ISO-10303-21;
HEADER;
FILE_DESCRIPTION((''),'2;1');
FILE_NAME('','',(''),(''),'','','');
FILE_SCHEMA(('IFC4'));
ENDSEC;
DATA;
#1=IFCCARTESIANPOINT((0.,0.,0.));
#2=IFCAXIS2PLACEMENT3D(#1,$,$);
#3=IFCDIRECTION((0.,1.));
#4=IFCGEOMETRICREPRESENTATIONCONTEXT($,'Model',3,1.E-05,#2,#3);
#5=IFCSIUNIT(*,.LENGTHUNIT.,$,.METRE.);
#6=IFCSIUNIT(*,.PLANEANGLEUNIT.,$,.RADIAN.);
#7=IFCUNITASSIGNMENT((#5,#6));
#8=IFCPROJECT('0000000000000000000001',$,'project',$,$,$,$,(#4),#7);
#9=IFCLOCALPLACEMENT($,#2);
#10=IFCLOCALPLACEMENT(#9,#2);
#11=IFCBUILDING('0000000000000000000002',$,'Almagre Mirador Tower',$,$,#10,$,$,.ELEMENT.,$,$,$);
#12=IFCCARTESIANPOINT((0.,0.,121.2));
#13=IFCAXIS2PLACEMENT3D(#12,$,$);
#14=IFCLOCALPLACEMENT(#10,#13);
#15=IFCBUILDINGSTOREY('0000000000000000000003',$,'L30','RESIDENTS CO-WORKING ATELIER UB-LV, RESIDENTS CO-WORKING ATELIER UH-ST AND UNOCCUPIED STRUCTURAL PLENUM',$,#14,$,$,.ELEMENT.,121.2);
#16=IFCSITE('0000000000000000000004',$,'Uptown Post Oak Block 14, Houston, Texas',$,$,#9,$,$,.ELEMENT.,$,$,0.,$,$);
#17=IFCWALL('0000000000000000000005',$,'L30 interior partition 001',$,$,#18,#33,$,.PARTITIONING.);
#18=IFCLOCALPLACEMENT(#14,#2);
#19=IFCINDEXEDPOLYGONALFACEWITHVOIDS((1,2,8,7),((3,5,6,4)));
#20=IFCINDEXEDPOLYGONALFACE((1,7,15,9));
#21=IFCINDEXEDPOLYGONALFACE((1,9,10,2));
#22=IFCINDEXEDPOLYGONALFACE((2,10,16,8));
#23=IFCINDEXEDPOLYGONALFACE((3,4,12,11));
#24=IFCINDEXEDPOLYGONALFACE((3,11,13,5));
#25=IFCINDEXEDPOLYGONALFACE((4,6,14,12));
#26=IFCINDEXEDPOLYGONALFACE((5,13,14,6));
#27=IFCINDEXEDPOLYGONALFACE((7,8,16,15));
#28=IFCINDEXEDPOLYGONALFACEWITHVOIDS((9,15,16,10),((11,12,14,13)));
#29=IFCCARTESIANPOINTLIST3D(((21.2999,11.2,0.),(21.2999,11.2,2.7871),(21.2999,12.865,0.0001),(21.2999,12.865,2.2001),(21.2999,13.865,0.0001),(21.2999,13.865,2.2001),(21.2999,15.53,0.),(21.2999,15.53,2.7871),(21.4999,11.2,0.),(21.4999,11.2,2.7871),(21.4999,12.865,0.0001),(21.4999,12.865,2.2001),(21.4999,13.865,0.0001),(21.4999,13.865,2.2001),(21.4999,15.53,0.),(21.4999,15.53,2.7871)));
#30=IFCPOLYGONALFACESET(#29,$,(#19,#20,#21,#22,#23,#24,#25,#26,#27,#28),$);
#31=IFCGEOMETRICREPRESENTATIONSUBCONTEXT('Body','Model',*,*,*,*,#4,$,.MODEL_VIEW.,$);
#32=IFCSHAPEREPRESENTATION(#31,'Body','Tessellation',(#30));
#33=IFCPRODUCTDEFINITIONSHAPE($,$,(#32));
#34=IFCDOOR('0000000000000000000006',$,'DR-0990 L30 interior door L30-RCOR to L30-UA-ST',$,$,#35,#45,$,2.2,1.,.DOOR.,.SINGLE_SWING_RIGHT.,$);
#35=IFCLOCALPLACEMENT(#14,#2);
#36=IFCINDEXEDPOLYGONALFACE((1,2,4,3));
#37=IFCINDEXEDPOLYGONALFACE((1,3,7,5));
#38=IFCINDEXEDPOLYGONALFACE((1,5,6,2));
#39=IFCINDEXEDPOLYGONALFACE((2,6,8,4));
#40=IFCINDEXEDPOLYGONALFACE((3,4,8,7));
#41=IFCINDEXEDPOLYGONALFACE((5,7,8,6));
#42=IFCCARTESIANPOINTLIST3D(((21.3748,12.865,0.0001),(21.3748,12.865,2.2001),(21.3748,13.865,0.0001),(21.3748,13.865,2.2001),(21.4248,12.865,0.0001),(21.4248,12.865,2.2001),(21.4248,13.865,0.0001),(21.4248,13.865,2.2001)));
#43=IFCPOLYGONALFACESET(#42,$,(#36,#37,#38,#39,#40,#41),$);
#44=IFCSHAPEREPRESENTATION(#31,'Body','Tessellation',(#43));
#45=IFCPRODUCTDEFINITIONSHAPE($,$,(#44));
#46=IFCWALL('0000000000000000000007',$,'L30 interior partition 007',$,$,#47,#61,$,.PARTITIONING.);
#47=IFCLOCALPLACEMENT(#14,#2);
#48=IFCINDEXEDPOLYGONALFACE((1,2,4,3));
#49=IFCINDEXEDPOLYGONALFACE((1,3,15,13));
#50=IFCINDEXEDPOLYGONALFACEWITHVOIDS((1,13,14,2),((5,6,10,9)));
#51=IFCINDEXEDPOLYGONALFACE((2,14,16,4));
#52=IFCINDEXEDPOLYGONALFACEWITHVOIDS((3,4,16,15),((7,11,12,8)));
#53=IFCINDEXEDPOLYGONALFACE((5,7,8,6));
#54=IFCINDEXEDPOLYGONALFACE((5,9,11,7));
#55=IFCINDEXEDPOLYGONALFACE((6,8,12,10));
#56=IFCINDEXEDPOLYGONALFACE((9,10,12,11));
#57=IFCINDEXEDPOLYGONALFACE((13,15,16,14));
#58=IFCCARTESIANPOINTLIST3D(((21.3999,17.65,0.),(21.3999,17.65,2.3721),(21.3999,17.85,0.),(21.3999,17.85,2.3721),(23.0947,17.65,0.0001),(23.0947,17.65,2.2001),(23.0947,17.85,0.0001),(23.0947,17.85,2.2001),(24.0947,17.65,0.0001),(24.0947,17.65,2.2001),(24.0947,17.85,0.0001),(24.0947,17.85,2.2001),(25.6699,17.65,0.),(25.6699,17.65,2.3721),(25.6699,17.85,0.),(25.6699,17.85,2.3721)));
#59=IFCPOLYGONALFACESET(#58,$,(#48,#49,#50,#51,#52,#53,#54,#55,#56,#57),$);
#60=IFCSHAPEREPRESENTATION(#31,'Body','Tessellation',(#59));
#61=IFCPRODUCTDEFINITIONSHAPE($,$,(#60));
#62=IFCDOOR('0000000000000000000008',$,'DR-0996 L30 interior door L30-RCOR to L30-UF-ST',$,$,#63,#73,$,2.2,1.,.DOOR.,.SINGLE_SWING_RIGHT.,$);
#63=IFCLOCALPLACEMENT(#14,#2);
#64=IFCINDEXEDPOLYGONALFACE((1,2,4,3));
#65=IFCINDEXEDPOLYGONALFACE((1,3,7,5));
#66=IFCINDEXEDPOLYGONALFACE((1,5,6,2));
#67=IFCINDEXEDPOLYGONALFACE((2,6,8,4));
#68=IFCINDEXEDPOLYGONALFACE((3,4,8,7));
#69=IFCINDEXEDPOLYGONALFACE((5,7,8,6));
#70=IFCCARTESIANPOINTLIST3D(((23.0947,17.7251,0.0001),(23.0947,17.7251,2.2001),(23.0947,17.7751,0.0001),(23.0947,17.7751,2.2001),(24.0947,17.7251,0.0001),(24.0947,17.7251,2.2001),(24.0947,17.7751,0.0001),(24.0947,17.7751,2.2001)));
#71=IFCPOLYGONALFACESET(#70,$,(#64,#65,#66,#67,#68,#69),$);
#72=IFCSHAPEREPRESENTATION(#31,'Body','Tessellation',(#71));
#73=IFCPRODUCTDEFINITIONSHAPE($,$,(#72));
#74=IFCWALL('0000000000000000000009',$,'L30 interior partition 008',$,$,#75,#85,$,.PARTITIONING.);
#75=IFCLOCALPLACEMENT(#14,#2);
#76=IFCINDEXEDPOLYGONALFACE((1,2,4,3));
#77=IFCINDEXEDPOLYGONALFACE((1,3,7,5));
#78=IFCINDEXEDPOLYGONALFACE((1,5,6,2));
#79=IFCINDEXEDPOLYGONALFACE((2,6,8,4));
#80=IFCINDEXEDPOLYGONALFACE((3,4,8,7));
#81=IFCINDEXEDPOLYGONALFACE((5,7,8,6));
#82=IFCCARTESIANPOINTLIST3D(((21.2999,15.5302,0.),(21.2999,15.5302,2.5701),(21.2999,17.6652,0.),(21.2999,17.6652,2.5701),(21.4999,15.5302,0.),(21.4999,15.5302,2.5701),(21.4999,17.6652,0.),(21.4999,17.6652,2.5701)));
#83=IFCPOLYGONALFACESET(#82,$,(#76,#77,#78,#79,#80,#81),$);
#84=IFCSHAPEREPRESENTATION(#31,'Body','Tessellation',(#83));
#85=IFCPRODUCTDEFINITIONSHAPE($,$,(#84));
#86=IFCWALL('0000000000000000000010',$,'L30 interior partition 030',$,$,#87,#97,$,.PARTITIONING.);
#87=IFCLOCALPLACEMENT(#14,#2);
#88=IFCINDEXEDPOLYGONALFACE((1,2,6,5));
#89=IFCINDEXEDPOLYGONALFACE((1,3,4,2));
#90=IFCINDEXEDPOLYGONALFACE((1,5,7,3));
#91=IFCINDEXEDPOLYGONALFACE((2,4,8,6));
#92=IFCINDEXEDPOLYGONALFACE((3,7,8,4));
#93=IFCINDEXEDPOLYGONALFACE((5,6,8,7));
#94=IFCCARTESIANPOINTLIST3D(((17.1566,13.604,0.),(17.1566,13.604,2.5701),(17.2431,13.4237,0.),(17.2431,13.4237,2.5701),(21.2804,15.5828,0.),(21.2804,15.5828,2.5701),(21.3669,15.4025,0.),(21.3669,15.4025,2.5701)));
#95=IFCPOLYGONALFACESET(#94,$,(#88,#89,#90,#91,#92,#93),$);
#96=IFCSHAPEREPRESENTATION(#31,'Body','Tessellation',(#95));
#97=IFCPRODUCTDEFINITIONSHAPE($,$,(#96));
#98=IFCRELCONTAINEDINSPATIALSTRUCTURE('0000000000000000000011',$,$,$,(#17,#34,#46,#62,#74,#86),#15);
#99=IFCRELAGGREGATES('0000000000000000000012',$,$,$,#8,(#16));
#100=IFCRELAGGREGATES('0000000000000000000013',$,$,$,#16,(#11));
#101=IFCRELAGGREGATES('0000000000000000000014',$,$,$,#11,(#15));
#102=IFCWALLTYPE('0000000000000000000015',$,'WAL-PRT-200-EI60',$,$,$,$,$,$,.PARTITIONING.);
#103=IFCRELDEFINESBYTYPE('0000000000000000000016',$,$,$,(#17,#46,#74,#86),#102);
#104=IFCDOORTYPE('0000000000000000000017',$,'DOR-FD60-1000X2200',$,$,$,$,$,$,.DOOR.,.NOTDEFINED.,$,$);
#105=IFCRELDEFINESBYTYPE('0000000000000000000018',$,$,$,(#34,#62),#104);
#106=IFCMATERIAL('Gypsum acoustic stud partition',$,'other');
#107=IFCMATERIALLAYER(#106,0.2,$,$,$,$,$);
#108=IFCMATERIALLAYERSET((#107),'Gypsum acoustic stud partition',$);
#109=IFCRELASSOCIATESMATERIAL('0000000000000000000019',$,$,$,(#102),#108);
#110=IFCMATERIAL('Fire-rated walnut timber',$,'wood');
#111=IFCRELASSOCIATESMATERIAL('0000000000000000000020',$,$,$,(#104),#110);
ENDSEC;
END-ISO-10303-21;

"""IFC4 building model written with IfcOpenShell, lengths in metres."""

from ifc_helpers import new_model, si_unit, direction, frame, frame_2d, origin, place, context, subcontext, project, spatial, rectangle, extrude, material, layer, layer_set, type_object, element, fill, save


model = new_model("IFC4")

# Units and contexts
model_context = context("Model", 3, precision=1e-05, world=origin(), true_north=direction((0.0, 1.0)))
body_context = subcontext(model_context, "Body", "Model", "MODEL_VIEW")
ifc_project = project(units=[si_unit("LENGTHUNIT", "METRE"), si_unit("PLANEANGLEUNIT", "RADIAN")], contexts=[model_context])

# Site, building, storey
site_placement = place(None, origin())
site = spatial("IfcSite", under=ifc_project, at=site_placement, Name="Uptown Post Oak Block 14, Houston, Texas", CompositionType="ELEMENT", RefElevation=0.0)
building_placement = place(site_placement, origin())
building = spatial("IfcBuilding", under=site, at=building_placement, Name="Almagre Mirador Tower", CompositionType="ELEMENT")
storey_placement = place(building_placement, frame((0.0, 0.0, 121.2)))
storey = spatial("IfcBuildingStorey", under=building, at=storey_placement, Name="L30", Description="RESIDENTS CO-WORKING ATELIER UB-LV, RESIDENTS CO-WORKING ATELIER UH-ST AND UNOCCUPIED STRUCTURAL PLENUM", CompositionType="ELEMENT", Elevation=121.2)

# Shared definitions
ifc_material_1 = material(Name="Gypsum acoustic stud partition", Category="other")
ifc_layer_1 = layer(ifc_material_1, 0.2)
ifc_layer_set_1 = layer_set([ifc_layer_1], Name="Gypsum acoustic stud partition")
wall_type_1 = type_object("IfcWallType", Name="WAL-PRT-200-EI60", PredefinedType="PARTITIONING", material=ifc_layer_set_1)

# Walls, openings, doors
wall_1_placement = place(storey_placement, frame((21.3999, 15.53, 0.0), z_axis=(0.0, 0.0, 1.0), x_axis=(0.0, -1.0, 0.0)))
wall_1 = element("IfcWall", 1, at=wall_1_placement, inside=storey, type_object=wall_type_1, Name="L30 interior partition 001", PredefinedType="PARTITIONING", context=body_context, shape_type="SweptSolid", body=[
    extrude(rectangle(XDim=4.3301, YDim=0.2, at=frame_2d((2.165, 0.0))), origin(), (0.0, 0.0, 1.0), 2.7871),
])
opening_1_placement = place(wall_1_placement, frame((1.665, 0.0, 0.0)))
opening_1 = element("IfcOpeningElement", 2, at=opening_1_placement, cuts=wall_1, PredefinedType="OPENING", context=body_context, shape_type="SweptSolid", body=[
    extrude(rectangle(XDim=1.0, YDim=2.2, at=frame_2d((0.5, 1.1001))), frame((0.0, 0.1101, 0.0), z_axis=(0.0, -1.0, 0.0), x_axis=(1.0, 0.0, 0.0)), (0.0, 0.0, 1.0), 0.22),
])
ifc_material_2 = material(Name="Fire-rated walnut timber", Category="wood")
door_type_1 = type_object("IfcDoorType", Name="DOR-FD60-1000X2200", OperationType="NOTDEFINED", PredefinedType="DOOR", material=ifc_material_2)
door_1_placement = place(opening_1_placement, origin())
door_1 = element("IfcDoor", 3, at=door_1_placement, inside=storey, type_object=door_type_1, Name="DR-0990 L30 interior door L30-RCOR to L30-UA-ST", OperationType="SINGLE_SWING_RIGHT", OverallHeight=2.2, OverallWidth=1.0, PredefinedType="DOOR", context=body_context, shape_type="SweptSolid", body=[
    extrude(rectangle(XDim=1.0, YDim=2.2, at=frame_2d((0.5, 1.1001))), frame((0.0, 0.0249, 0.0), z_axis=(0.0, -1.0, 0.0), x_axis=(1.0, 0.0, 0.0)), (0.0, 0.0, 1.0), 0.05),
])
fill(opening_1, door_1)
wall_2_placement = place(storey_placement, frame((25.6699, 17.75, 0.0), z_axis=(0.0, 0.0, 1.0), x_axis=(-1.0, 0.0, 0.0)))
wall_2 = element("IfcWall", 4, at=wall_2_placement, inside=storey, type_object=wall_type_1, Name="L30 interior partition 007", PredefinedType="PARTITIONING", context=body_context, shape_type="SweptSolid", body=[
    extrude(rectangle(XDim=4.27, YDim=0.2, at=frame_2d((2.135, 0.0))), origin(), (0.0, 0.0, 1.0), 2.3721),
])
opening_2_placement = place(wall_2_placement, frame((1.5752, 0.0, 0.0)))
opening_2 = element("IfcOpeningElement", 5, at=opening_2_placement, cuts=wall_2, PredefinedType="OPENING", context=body_context, shape_type="SweptSolid", body=[
    extrude(rectangle(XDim=1.0, YDim=2.2, at=frame_2d((0.5, 1.1001))), frame((0.0, 0.1101, 0.0), z_axis=(0.0, -1.0, 0.0), x_axis=(1.0, 0.0, 0.0)), (0.0, 0.0, 1.0), 0.22),
])
door_2_placement = place(opening_2_placement, origin())
door_2 = element("IfcDoor", 6, at=door_2_placement, inside=storey, type_object=door_type_1, Name="DR-0996 L30 interior door L30-RCOR to L30-UF-ST", OperationType="SINGLE_SWING_RIGHT", OverallHeight=2.2, OverallWidth=1.0, PredefinedType="DOOR", context=body_context, shape_type="SweptSolid", body=[
    extrude(rectangle(XDim=1.0, YDim=2.2, at=frame_2d((0.5, 1.1001))), frame((0.0, 0.0249, 0.0), z_axis=(0.0, -1.0, 0.0), x_axis=(1.0, 0.0, 0.0)), (0.0, 0.0, 1.0), 0.05),
])
fill(opening_2, door_2)

# Walls
wall_3_placement = place(storey_placement, frame((21.3999, 17.665, 0.0), z_axis=(0.0, 0.0, 1.0), x_axis=(0.0, -1.0, 0.0)))
element("IfcWall", 7, at=wall_3_placement, inside=storey, type_object=wall_type_1, Name="L30 interior partition 008", PredefinedType="PARTITIONING", context=body_context, shape_type="SweptSolid", body=[
    extrude(rectangle(XDim=2.135, YDim=0.2, at=frame_2d((1.0674, 0.0))), origin(), (0.0, 0.0, 1.0), 2.5701),
])
wall_4_placement = place(storey_placement, frame((21.3237, 15.4927, 0.0), z_axis=(0.0, 0.0, 1.0), x_axis=(-0.901579, -0.432615, 0.0)))
element("IfcWall", 8, at=wall_4_placement, inside=storey, type_object=wall_type_1, Name="L30 interior partition 030", PredefinedType="PARTITIONING", context=body_context, shape_type="SweptSolid", body=[
    extrude(rectangle(XDim=4.574, YDim=0.2, at=frame_2d((2.2871, 0.0))), origin(), (0.0, 0.0, 1.0), 2.5701),
])

save(model, "model.ifc")
